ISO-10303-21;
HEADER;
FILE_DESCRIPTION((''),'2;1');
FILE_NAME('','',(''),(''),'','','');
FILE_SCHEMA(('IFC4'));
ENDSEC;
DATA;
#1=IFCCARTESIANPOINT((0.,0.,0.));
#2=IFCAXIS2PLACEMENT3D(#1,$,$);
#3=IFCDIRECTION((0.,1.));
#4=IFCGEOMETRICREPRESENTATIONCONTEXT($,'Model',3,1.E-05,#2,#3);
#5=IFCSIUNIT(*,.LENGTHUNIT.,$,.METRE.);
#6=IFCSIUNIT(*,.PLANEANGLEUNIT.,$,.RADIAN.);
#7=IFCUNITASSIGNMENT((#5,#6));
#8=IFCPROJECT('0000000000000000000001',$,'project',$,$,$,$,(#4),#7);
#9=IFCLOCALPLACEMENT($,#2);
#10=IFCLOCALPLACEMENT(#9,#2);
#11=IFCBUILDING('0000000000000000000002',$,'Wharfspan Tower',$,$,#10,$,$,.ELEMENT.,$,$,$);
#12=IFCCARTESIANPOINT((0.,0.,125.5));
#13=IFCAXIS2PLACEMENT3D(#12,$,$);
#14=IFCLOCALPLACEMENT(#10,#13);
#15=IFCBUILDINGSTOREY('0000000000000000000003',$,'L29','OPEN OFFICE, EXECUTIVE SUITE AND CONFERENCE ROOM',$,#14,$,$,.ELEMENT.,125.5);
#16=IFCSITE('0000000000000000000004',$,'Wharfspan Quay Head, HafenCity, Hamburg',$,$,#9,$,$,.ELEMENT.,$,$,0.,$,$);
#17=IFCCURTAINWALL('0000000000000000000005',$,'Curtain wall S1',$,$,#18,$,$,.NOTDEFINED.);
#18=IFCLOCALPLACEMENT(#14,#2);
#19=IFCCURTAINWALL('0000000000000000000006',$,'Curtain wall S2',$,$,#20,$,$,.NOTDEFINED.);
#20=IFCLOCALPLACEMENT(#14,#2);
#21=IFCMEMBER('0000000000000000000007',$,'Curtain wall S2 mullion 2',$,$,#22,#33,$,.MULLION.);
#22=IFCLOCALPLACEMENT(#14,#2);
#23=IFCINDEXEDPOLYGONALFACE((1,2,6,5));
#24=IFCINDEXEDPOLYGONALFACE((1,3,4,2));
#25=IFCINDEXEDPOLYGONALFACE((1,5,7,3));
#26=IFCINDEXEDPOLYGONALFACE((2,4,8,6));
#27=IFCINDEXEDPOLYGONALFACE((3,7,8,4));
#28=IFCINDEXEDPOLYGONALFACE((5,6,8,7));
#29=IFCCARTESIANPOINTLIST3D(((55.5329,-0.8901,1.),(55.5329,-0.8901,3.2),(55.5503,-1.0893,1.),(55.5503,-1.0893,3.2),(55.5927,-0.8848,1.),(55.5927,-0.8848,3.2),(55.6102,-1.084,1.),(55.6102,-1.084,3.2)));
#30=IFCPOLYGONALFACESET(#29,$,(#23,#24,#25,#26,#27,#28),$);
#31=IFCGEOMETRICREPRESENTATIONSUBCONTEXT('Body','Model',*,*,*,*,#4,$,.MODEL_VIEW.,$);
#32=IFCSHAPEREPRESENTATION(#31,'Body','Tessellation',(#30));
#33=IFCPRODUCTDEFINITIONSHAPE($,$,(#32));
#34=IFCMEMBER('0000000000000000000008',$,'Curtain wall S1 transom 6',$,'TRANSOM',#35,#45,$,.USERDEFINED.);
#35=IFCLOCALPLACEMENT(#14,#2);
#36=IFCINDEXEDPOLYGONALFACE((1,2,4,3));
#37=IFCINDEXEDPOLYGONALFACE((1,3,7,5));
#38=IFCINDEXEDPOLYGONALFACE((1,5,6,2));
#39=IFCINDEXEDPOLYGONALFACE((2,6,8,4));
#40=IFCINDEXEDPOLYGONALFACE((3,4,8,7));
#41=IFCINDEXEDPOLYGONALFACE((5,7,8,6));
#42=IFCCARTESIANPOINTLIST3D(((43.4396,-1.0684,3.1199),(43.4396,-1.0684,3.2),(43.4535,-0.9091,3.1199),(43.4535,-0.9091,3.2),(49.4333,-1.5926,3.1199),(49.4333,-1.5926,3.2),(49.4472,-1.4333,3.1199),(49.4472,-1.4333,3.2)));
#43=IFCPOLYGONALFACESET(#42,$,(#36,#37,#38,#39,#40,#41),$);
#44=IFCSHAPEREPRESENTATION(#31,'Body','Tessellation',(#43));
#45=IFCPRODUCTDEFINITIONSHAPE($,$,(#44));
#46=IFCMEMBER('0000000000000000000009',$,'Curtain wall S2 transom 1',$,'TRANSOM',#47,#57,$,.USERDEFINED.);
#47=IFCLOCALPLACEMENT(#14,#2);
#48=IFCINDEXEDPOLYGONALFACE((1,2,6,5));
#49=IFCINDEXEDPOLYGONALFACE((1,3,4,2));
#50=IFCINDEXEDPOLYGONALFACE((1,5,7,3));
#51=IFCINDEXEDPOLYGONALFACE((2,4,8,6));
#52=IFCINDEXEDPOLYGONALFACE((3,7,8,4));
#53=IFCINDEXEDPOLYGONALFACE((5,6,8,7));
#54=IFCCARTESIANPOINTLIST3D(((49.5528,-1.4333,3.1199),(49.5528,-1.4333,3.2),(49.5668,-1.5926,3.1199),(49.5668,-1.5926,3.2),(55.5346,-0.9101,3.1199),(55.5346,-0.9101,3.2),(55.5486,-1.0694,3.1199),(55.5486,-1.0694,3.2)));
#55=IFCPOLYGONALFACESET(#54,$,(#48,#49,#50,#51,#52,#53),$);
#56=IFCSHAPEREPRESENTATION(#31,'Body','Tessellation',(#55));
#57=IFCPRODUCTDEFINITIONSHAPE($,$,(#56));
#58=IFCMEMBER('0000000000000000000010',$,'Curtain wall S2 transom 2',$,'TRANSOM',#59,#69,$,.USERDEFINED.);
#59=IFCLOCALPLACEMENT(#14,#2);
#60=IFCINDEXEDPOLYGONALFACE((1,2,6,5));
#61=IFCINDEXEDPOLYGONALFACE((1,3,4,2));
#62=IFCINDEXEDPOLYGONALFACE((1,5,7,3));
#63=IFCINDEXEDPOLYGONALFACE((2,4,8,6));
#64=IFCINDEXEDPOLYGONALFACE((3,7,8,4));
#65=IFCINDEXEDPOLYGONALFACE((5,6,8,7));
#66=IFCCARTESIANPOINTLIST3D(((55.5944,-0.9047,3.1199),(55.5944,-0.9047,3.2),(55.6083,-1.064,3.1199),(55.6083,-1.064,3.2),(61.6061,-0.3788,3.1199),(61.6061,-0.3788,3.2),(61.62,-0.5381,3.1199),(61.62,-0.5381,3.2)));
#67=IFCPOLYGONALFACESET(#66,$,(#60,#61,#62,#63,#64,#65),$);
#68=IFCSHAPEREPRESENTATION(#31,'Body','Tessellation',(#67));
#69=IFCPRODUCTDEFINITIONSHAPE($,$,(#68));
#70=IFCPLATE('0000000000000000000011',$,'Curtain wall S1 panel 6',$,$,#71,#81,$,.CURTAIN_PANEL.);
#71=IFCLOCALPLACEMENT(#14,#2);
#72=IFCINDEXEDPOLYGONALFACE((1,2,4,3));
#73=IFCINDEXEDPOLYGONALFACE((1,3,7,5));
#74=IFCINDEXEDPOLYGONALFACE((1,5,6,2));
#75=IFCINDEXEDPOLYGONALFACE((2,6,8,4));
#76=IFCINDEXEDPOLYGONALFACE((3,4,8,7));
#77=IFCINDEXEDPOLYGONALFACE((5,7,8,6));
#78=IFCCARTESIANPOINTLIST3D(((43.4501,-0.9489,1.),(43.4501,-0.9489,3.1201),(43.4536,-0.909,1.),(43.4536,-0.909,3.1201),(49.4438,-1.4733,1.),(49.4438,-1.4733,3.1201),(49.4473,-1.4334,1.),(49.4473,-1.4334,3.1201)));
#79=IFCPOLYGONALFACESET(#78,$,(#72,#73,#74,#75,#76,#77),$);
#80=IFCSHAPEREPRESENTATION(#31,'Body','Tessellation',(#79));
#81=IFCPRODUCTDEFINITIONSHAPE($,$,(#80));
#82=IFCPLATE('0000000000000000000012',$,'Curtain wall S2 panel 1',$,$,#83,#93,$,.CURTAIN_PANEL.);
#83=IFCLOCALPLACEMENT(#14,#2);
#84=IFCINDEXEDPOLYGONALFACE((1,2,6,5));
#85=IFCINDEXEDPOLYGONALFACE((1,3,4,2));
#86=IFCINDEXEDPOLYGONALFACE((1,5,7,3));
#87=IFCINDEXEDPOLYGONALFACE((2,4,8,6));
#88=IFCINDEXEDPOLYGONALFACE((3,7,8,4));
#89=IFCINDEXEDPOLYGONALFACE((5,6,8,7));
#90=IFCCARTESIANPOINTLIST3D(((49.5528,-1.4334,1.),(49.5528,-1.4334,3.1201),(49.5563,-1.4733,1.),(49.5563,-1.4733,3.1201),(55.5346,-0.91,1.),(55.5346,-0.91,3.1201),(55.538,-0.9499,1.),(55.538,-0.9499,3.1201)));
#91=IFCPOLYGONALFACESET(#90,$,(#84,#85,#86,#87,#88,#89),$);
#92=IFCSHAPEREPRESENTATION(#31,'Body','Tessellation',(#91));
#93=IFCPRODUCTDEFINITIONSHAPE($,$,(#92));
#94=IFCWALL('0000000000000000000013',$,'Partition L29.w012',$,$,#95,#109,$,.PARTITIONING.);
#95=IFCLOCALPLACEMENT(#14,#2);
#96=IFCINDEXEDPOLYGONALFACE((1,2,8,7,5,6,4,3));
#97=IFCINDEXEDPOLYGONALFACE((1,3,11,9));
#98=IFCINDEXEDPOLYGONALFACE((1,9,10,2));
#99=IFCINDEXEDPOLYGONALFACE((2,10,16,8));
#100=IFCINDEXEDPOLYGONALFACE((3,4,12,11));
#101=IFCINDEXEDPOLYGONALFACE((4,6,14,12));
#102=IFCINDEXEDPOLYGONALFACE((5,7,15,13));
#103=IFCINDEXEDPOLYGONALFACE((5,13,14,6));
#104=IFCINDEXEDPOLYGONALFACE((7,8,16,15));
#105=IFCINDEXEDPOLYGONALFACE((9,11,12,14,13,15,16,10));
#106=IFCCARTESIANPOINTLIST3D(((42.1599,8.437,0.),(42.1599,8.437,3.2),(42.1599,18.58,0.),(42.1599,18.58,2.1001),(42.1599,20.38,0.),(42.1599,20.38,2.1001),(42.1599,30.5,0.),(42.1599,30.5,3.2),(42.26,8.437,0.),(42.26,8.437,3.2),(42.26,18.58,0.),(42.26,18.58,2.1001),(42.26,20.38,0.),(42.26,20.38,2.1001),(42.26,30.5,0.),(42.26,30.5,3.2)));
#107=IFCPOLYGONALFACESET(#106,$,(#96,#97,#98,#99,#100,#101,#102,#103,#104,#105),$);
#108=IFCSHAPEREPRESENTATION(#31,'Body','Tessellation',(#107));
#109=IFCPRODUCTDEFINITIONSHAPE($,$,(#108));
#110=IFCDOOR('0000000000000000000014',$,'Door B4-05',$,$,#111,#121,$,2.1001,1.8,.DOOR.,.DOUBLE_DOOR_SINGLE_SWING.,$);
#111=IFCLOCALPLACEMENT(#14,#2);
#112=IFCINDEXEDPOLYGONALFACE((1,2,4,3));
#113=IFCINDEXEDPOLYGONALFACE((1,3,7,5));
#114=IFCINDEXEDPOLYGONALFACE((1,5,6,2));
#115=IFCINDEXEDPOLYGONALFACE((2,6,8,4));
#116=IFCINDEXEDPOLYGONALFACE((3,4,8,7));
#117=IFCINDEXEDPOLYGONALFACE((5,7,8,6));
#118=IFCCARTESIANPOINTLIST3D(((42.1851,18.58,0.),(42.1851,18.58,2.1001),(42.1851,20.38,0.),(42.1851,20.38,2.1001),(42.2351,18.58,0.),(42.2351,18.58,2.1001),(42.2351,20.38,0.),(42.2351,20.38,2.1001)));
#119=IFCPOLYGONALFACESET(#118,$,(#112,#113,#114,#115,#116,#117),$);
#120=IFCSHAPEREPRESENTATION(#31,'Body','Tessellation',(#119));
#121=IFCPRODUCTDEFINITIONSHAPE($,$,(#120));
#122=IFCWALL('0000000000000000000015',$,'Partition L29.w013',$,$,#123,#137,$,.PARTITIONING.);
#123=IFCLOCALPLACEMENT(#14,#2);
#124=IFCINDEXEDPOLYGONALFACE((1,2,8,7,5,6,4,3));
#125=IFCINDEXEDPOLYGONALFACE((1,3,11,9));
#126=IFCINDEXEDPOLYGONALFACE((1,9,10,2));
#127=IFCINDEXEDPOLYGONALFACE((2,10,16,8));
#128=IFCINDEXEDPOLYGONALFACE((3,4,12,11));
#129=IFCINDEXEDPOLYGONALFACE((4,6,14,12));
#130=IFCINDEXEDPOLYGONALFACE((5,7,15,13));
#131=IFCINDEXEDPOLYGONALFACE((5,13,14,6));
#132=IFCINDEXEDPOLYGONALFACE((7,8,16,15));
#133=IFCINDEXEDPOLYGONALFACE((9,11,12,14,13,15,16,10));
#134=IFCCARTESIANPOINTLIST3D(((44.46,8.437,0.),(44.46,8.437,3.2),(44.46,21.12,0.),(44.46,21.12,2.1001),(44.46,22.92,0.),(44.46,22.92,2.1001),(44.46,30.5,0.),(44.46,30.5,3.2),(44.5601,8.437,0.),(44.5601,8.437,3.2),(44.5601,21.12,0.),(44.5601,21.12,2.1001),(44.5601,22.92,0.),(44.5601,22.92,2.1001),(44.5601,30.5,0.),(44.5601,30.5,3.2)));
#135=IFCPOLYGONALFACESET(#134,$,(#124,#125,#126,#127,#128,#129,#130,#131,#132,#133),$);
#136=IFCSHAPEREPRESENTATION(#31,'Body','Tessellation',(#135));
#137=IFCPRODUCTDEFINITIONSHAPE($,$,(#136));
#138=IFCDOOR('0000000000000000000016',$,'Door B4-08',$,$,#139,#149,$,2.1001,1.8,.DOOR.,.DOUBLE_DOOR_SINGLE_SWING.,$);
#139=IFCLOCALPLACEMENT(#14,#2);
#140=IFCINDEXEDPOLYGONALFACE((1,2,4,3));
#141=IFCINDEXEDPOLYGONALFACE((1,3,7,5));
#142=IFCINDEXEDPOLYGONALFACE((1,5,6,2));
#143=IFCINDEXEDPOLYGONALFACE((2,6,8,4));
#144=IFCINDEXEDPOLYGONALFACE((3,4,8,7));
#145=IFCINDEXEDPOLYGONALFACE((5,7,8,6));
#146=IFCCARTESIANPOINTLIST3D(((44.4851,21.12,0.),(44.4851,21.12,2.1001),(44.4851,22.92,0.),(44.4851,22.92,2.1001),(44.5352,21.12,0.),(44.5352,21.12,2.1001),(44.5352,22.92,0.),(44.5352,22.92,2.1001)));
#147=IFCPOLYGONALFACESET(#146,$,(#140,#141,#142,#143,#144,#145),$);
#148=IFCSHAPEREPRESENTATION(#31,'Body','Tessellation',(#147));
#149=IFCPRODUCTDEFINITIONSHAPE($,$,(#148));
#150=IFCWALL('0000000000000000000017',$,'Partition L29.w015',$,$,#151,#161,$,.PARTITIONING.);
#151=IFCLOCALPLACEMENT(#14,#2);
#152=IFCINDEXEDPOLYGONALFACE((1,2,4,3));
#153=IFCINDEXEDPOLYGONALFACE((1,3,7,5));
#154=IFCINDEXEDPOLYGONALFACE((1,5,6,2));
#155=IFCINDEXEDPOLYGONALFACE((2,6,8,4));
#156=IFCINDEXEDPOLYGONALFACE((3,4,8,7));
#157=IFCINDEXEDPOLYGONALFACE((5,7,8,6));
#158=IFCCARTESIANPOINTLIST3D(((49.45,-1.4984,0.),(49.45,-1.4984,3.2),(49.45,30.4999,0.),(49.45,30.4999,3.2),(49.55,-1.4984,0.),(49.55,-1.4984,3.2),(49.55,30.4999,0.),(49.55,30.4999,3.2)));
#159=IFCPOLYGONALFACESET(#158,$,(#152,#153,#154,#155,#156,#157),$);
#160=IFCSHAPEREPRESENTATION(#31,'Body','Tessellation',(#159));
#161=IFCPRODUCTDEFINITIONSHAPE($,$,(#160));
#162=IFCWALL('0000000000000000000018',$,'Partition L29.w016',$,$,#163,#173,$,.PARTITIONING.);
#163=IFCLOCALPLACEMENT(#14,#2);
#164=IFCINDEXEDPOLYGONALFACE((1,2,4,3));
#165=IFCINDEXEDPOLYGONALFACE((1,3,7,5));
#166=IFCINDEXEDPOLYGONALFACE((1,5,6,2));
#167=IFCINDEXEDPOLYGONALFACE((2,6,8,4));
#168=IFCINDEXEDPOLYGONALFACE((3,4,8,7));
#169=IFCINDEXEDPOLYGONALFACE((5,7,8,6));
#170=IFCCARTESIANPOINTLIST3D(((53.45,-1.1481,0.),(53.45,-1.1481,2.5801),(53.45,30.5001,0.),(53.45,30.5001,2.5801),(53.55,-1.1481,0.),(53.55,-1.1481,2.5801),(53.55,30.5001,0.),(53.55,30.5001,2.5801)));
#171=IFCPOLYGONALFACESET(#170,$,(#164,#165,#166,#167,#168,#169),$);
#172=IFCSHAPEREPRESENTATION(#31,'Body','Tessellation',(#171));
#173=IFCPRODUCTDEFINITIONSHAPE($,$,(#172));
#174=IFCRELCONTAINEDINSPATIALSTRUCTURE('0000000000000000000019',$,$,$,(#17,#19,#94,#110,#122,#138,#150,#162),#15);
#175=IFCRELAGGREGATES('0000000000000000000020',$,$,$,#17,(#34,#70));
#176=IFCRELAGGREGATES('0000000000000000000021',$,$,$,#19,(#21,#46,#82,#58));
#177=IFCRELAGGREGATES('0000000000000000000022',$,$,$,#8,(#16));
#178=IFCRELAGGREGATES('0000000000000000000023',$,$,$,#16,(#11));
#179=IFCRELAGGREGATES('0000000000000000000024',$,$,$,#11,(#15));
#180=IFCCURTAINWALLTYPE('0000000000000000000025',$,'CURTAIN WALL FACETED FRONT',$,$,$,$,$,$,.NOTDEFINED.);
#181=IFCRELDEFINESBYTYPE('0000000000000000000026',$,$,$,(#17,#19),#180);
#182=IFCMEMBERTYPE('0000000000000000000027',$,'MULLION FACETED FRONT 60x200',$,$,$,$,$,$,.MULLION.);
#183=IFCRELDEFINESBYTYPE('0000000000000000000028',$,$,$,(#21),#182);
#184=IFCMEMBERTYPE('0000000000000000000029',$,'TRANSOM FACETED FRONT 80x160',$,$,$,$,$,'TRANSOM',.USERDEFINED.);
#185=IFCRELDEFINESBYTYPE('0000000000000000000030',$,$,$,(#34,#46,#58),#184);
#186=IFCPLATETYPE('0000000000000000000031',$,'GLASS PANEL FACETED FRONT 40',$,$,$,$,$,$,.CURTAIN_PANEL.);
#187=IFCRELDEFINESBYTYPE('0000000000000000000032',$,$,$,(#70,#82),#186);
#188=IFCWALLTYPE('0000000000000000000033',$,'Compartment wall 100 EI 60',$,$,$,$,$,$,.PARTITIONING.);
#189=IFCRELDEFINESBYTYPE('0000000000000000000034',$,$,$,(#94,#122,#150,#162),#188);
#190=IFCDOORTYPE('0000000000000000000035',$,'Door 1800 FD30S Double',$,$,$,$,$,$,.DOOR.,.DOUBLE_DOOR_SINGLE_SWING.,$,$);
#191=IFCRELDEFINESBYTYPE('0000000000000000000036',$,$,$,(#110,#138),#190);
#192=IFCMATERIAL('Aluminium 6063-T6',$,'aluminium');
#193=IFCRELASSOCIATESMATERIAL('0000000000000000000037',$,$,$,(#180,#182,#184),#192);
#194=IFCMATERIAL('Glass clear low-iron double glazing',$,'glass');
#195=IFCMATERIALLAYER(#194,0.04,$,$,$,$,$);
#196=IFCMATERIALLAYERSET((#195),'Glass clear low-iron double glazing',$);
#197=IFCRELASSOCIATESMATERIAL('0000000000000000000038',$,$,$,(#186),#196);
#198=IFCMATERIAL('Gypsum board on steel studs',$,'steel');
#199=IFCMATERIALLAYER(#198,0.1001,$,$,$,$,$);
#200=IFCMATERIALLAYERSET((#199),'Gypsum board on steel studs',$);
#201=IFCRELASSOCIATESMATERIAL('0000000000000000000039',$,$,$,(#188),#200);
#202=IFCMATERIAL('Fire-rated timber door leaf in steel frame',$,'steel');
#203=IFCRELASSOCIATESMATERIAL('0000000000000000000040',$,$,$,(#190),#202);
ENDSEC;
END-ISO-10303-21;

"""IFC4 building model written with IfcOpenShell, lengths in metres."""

from ifc_helpers import new_model, si_unit, direction, frame, frame_2d, origin, origin_2d, place, context, subcontext, project, spatial, rectangle, extrude, material, layer, layer_set, material_profile, profile_set, type_object, element, fill, aggregate, save


model = new_model("IFC4")

# Units and contexts
model_context = context("Model", 3, precision=1e-05, world=origin(), true_north=direction((0.0, 1.0)))
body_context = subcontext(model_context, "Body", "Model", "MODEL_VIEW")
ifc_project = project(units=[si_unit("LENGTHUNIT", "METRE"), si_unit("PLANEANGLEUNIT", "RADIAN")], contexts=[model_context])

# Site, building, storey
site_placement = place(None, origin())
site = spatial("IfcSite", under=ifc_project, at=site_placement, Name="Wharfspan Quay Head, HafenCity, Hamburg", CompositionType="ELEMENT", RefElevation=0.0)
building_placement = place(site_placement, origin())
building = spatial("IfcBuilding", under=site, at=building_placement, Name="Wharfspan Tower", CompositionType="ELEMENT")
storey_placement = place(building_placement, frame((0.0, 0.0, 125.5)))
storey = spatial("IfcBuildingStorey", under=building, at=storey_placement, Name="L29", Description="OPEN OFFICE, EXECUTIVE SUITE AND CONFERENCE ROOM", CompositionType="ELEMENT", Elevation=125.5)

# Curtain walls, member
ifc_material_1 = material(Name="Aluminium 6063-T6", Category="aluminium")
curtain_wall_type = type_object("IfcCurtainWallType", Name="CURTAIN WALL FACETED FRONT", PredefinedType="NOTDEFINED", material=ifc_material_1)
curtain_wall_1_placement = place(storey_placement, origin())
curtain_wall_1 = element("IfcCurtainWall", 1, at=curtain_wall_1_placement, inside=storey, type_object=curtain_wall_type, Name="Curtain wall S1", PredefinedType="NOTDEFINED")
ifc_material_profile_1 = material_profile(ifc_material_1, rectangle(XDim=0.2, YDim=0.0601, at=origin_2d()))
ifc_profile_set_1 = profile_set([ifc_material_profile_1], Name="Aluminium 6063-T6")
member_type_1 = type_object("IfcMemberType", Name="MULLION FACETED FRONT 60x200", PredefinedType="MULLION", material=ifc_profile_set_1)
curtain_wall_2_placement = place(storey_placement, origin())
curtain_wall_2 = element("IfcCurtainWall", 2, at=curtain_wall_2_placement, inside=storey, type_object=curtain_wall_type, Name="Curtain wall S2", PredefinedType="NOTDEFINED")
member_1_placement = place(storey_placement, frame((55.5715, -0.9871, 1.0), z_axis=(0.0, 0.0, 1.0), x_axis=(-0.087156, 0.996198, 0.0)))
member_1 = element("IfcMember", 3, at=member_1_placement, type_object=member_type_1, Name="Curtain wall S2 mullion 2", PredefinedType="MULLION", context=body_context, shape_type="SweptSolid", body=[
    extrude(rectangle(XDim=0.2, YDim=0.0601, at=origin_2d()), origin(), (0.0, 0.0, 1.0), 2.2),
])

# Members
ifc_material_profile_2 = material_profile(ifc_material_1, rectangle(XDim=0.1599, YDim=0.0801, at=origin_2d()))
ifc_profile_set_2 = profile_set([ifc_material_profile_2], Name="Aluminium 6063-T6")
member_type_2 = type_object("IfcMemberType", Name="TRANSOM FACETED FRONT 80x160", ElementType="TRANSOM", PredefinedType="USERDEFINED", material=ifc_profile_set_2)
member_2_placement = place(storey_placement, frame((43.4465, -0.9888, 3.1599), z_axis=(0.996198, -0.087122, 0.0), x_axis=(0.087122, 0.996198, 0.0)))
member_2 = element("IfcMember", 4, at=member_2_placement, type_object=member_type_2, Name="Curtain wall S1 transom 6", ObjectType="TRANSOM", PredefinedType="USERDEFINED", context=body_context, shape_type="SweptSolid", body=[
    extrude(rectangle(XDim=0.1599, YDim=0.0801, at=origin_2d()), origin(), (0.0, 0.0, 1.0), 6.0166),
])
member_3_placement = place(storey_placement, frame((49.5598, -1.5129, 3.1599), z_axis=(0.996197, 0.087133, 0.0), x_axis=(-0.087133, 0.996197, 0.0)))
member_3 = element("IfcMember", 5, at=member_3_placement, type_object=member_type_2, Name="Curtain wall S2 transom 1", ObjectType="TRANSOM", PredefinedType="USERDEFINED", context=body_context, shape_type="SweptSolid", body=[
    extrude(rectangle(XDim=0.1599, YDim=0.0801, at=origin_2d()), origin(), (0.0, 0.0, 1.0), 6.0046),
])
member_4_placement = place(storey_placement, frame((55.6013, -0.9844, 3.1599), z_axis=(0.996196, 0.087143, 0.0), x_axis=(-0.087143, 0.996196, 0.0)))
member_4 = element("IfcMember", 6, at=member_4_placement, type_object=member_type_2, Name="Curtain wall S2 transom 2", ObjectType="TRANSOM", PredefinedType="USERDEFINED", context=body_context, shape_type="SweptSolid", body=[
    extrude(rectangle(XDim=0.1599, YDim=0.0801, at=origin_2d()), origin(), (0.0, 0.0, 1.0), 6.0347),
])

# Plates
ifc_material_2 = material(Name="Glass clear low-iron double glazing", Category="glass")
ifc_layer_1 = layer(ifc_material_2, 0.04)
ifc_layer_set_1 = layer_set([ifc_layer_1], Name="Glass clear low-iron double glazing")
plate_type = type_object("IfcPlateType", Name="GLASS PANEL FACETED FRONT 40", PredefinedType="CURTAIN_PANEL", material=ifc_layer_set_1)
plate_1_placement = place(storey_placement, frame((46.4487, -1.1912, 1.0), z_axis=(0.0, 0.0, 1.0), x_axis=(0.996198, -0.087156, 0.0)))
plate_1 = element("IfcPlate", 7, at=plate_1_placement, type_object=plate_type, Name="Curtain wall S1 panel 6", PredefinedType="CURTAIN_PANEL", context=body_context, shape_type="SweptSolid", body=[
    extrude(rectangle(XDim=6.0166, YDim=0.04, at=origin_2d()), origin(), (0.0, 0.0, 1.0), 2.1201),
])
aggregate(curtain_wall_1, [member_2, plate_1])
plate_2_placement = place(storey_placement, frame((52.5454, -1.1917, 1.0), z_axis=(0.0, 0.0, 1.0), x_axis=(0.996198, 0.087156, 0.0)))
plate_2 = element("IfcPlate", 8, at=plate_2_placement, type_object=plate_type, Name="Curtain wall S2 panel 1", PredefinedType="CURTAIN_PANEL", context=body_context, shape_type="SweptSolid", body=[
    extrude(rectangle(XDim=6.0046, YDim=0.04, at=origin_2d()), origin(), (0.0, 0.0, 1.0), 2.1201),
])
aggregate(curtain_wall_2, [member_1, member_3, plate_2, member_4])

# Walls, openings, doors
ifc_material_3 = material(Name="Gypsum board on steel studs", Category="steel")
ifc_layer_2 = layer(ifc_material_3, 0.1001)
ifc_layer_set_2 = layer_set([ifc_layer_2], Name="Gypsum board on steel studs")
wall_type_1 = type_object("IfcWallType", Name="Compartment wall 100 EI 60", PredefinedType="PARTITIONING", material=ifc_layer_set_2)
wall_1_placement = place(storey_placement, frame((42.21, 8.437, 0.0), z_axis=(0.0, 0.0, 1.0), x_axis=(0.0, 1.0, 0.0)))
wall_1 = element("IfcWall", 9, at=wall_1_placement, inside=storey, type_object=wall_type_1, Name="Partition L29.w012", PredefinedType="PARTITIONING", context=body_context, shape_type="SweptSolid", body=[
    extrude(rectangle(XDim=22.063, YDim=0.1001, at=frame_2d((11.0315, 0.0))), origin(), (0.0, 0.0, 1.0), 3.2),
])
opening_1_placement = place(wall_1_placement, frame((10.1431, 0.0, 0.0)))
opening_1 = element("IfcOpeningElement", 10, at=opening_1_placement, cuts=wall_1, PredefinedType="OPENING", context=body_context, shape_type="SweptSolid", body=[
    extrude(rectangle(XDim=1.8, YDim=2.1001, at=frame_2d((0.8999, 1.05))), frame((0.0, 0.0601, 0.0), z_axis=(0.0, -1.0, 0.0), x_axis=(1.0, 0.0, 0.0)), (0.0, 0.0, 1.0), 0.1201),
])
ifc_material_4 = material(Name="Fire-rated timber door leaf in steel frame", Category="steel")
door_type = type_object("IfcDoorType", Name="Door 1800 FD30S Double", OperationType="DOUBLE_DOOR_SINGLE_SWING", PredefinedType="DOOR", material=ifc_material_4)
door_1_placement = place(opening_1_placement, origin())
door_1 = element("IfcDoor", 11, at=door_1_placement, inside=storey, type_object=door_type, Name="Door B4-05", OperationType="DOUBLE_DOOR_SINGLE_SWING", OverallHeight=2.1001, OverallWidth=1.8, PredefinedType="DOOR", context=body_context, shape_type="SweptSolid", body=[
    extrude(rectangle(XDim=1.8, YDim=2.1001, at=frame_2d((0.8999, 1.05))), frame((0.0, 0.0249, 0.0), z_axis=(0.0, -1.0, 0.0), x_axis=(1.0, 0.0, 0.0)), (0.0, 0.0, 1.0), 0.05),
])
fill(opening_1, door_1)
wall_2_placement = place(storey_placement, frame((44.51, 8.437, 0.0), z_axis=(0.0, 0.0, 1.0), x_axis=(0.0, 1.0, 0.0)))
wall_2 = element("IfcWall", 12, at=wall_2_placement, inside=storey, type_object=wall_type_1, Name="Partition L29.w013", PredefinedType="PARTITIONING", context=body_context, shape_type="SweptSolid", body=[
    extrude(rectangle(XDim=22.063, YDim=0.1001, at=frame_2d((11.0315, 0.0))), origin(), (0.0, 0.0, 1.0), 3.2),
])
opening_2_placement = place(wall_2_placement, frame((12.6831, 0.0, 0.0)))
opening_2 = element("IfcOpeningElement", 13, at=opening_2_placement, cuts=wall_2, PredefinedType="OPENING", context=body_context, shape_type="SweptSolid", body=[
    extrude(rectangle(XDim=1.8, YDim=2.1001, at=frame_2d((0.8999, 1.05))), frame((0.0, 0.0601, 0.0), z_axis=(0.0, -1.0, 0.0), x_axis=(1.0, 0.0, 0.0)), (0.0, 0.0, 1.0), 0.1201),
])
door_2_placement = place(opening_2_placement, origin())
door_2 = element("IfcDoor", 14, at=door_2_placement, inside=storey, type_object=door_type, Name="Door B4-08", OperationType="DOUBLE_DOOR_SINGLE_SWING", OverallHeight=2.1001, OverallWidth=1.8, PredefinedType="DOOR", context=body_context, shape_type="SweptSolid", body=[
    extrude(rectangle(XDim=1.8, YDim=2.1001, at=frame_2d((0.8999, 1.05))), frame((0.0, 0.0249, 0.0), z_axis=(0.0, -1.0, 0.0), x_axis=(1.0, 0.0, 0.0)), (0.0, 0.0, 1.0), 0.05),
])
fill(opening_2, door_2)

# Walls
wall_3_placement = place(storey_placement, frame((49.5, -1.4983, 0.0), z_axis=(0.0, 0.0, 1.0), x_axis=(0.0, 1.0, 0.0)))
element("IfcWall", 15, at=wall_3_placement, inside=storey, type_object=wall_type_1, Name="Partition L29.w015", PredefinedType="PARTITIONING", context=body_context, shape_type="SweptSolid", body=[
    extrude(rectangle(XDim=31.9983, YDim=0.1001, at=frame_2d((15.999, 0.0))), origin(), (0.0, 0.0, 1.0), 3.2),
])
wall_4_placement = place(storey_placement, frame((53.5, -1.1482, 0.0), z_axis=(0.0, 0.0, 1.0), x_axis=(0.0, 1.0, 0.0)))
element("IfcWall", 16, at=wall_4_placement, inside=storey, type_object=wall_type_1, Name="Partition L29.w016", PredefinedType="PARTITIONING", context=body_context, shape_type="SweptSolid", body=[
    extrude(rectangle(XDim=31.6482, YDim=0.1001, at=frame_2d((15.8242, 0.0))), origin(), (0.0, 0.0, 1.0), 2.5801),
])

save(model, "model.ifc")
